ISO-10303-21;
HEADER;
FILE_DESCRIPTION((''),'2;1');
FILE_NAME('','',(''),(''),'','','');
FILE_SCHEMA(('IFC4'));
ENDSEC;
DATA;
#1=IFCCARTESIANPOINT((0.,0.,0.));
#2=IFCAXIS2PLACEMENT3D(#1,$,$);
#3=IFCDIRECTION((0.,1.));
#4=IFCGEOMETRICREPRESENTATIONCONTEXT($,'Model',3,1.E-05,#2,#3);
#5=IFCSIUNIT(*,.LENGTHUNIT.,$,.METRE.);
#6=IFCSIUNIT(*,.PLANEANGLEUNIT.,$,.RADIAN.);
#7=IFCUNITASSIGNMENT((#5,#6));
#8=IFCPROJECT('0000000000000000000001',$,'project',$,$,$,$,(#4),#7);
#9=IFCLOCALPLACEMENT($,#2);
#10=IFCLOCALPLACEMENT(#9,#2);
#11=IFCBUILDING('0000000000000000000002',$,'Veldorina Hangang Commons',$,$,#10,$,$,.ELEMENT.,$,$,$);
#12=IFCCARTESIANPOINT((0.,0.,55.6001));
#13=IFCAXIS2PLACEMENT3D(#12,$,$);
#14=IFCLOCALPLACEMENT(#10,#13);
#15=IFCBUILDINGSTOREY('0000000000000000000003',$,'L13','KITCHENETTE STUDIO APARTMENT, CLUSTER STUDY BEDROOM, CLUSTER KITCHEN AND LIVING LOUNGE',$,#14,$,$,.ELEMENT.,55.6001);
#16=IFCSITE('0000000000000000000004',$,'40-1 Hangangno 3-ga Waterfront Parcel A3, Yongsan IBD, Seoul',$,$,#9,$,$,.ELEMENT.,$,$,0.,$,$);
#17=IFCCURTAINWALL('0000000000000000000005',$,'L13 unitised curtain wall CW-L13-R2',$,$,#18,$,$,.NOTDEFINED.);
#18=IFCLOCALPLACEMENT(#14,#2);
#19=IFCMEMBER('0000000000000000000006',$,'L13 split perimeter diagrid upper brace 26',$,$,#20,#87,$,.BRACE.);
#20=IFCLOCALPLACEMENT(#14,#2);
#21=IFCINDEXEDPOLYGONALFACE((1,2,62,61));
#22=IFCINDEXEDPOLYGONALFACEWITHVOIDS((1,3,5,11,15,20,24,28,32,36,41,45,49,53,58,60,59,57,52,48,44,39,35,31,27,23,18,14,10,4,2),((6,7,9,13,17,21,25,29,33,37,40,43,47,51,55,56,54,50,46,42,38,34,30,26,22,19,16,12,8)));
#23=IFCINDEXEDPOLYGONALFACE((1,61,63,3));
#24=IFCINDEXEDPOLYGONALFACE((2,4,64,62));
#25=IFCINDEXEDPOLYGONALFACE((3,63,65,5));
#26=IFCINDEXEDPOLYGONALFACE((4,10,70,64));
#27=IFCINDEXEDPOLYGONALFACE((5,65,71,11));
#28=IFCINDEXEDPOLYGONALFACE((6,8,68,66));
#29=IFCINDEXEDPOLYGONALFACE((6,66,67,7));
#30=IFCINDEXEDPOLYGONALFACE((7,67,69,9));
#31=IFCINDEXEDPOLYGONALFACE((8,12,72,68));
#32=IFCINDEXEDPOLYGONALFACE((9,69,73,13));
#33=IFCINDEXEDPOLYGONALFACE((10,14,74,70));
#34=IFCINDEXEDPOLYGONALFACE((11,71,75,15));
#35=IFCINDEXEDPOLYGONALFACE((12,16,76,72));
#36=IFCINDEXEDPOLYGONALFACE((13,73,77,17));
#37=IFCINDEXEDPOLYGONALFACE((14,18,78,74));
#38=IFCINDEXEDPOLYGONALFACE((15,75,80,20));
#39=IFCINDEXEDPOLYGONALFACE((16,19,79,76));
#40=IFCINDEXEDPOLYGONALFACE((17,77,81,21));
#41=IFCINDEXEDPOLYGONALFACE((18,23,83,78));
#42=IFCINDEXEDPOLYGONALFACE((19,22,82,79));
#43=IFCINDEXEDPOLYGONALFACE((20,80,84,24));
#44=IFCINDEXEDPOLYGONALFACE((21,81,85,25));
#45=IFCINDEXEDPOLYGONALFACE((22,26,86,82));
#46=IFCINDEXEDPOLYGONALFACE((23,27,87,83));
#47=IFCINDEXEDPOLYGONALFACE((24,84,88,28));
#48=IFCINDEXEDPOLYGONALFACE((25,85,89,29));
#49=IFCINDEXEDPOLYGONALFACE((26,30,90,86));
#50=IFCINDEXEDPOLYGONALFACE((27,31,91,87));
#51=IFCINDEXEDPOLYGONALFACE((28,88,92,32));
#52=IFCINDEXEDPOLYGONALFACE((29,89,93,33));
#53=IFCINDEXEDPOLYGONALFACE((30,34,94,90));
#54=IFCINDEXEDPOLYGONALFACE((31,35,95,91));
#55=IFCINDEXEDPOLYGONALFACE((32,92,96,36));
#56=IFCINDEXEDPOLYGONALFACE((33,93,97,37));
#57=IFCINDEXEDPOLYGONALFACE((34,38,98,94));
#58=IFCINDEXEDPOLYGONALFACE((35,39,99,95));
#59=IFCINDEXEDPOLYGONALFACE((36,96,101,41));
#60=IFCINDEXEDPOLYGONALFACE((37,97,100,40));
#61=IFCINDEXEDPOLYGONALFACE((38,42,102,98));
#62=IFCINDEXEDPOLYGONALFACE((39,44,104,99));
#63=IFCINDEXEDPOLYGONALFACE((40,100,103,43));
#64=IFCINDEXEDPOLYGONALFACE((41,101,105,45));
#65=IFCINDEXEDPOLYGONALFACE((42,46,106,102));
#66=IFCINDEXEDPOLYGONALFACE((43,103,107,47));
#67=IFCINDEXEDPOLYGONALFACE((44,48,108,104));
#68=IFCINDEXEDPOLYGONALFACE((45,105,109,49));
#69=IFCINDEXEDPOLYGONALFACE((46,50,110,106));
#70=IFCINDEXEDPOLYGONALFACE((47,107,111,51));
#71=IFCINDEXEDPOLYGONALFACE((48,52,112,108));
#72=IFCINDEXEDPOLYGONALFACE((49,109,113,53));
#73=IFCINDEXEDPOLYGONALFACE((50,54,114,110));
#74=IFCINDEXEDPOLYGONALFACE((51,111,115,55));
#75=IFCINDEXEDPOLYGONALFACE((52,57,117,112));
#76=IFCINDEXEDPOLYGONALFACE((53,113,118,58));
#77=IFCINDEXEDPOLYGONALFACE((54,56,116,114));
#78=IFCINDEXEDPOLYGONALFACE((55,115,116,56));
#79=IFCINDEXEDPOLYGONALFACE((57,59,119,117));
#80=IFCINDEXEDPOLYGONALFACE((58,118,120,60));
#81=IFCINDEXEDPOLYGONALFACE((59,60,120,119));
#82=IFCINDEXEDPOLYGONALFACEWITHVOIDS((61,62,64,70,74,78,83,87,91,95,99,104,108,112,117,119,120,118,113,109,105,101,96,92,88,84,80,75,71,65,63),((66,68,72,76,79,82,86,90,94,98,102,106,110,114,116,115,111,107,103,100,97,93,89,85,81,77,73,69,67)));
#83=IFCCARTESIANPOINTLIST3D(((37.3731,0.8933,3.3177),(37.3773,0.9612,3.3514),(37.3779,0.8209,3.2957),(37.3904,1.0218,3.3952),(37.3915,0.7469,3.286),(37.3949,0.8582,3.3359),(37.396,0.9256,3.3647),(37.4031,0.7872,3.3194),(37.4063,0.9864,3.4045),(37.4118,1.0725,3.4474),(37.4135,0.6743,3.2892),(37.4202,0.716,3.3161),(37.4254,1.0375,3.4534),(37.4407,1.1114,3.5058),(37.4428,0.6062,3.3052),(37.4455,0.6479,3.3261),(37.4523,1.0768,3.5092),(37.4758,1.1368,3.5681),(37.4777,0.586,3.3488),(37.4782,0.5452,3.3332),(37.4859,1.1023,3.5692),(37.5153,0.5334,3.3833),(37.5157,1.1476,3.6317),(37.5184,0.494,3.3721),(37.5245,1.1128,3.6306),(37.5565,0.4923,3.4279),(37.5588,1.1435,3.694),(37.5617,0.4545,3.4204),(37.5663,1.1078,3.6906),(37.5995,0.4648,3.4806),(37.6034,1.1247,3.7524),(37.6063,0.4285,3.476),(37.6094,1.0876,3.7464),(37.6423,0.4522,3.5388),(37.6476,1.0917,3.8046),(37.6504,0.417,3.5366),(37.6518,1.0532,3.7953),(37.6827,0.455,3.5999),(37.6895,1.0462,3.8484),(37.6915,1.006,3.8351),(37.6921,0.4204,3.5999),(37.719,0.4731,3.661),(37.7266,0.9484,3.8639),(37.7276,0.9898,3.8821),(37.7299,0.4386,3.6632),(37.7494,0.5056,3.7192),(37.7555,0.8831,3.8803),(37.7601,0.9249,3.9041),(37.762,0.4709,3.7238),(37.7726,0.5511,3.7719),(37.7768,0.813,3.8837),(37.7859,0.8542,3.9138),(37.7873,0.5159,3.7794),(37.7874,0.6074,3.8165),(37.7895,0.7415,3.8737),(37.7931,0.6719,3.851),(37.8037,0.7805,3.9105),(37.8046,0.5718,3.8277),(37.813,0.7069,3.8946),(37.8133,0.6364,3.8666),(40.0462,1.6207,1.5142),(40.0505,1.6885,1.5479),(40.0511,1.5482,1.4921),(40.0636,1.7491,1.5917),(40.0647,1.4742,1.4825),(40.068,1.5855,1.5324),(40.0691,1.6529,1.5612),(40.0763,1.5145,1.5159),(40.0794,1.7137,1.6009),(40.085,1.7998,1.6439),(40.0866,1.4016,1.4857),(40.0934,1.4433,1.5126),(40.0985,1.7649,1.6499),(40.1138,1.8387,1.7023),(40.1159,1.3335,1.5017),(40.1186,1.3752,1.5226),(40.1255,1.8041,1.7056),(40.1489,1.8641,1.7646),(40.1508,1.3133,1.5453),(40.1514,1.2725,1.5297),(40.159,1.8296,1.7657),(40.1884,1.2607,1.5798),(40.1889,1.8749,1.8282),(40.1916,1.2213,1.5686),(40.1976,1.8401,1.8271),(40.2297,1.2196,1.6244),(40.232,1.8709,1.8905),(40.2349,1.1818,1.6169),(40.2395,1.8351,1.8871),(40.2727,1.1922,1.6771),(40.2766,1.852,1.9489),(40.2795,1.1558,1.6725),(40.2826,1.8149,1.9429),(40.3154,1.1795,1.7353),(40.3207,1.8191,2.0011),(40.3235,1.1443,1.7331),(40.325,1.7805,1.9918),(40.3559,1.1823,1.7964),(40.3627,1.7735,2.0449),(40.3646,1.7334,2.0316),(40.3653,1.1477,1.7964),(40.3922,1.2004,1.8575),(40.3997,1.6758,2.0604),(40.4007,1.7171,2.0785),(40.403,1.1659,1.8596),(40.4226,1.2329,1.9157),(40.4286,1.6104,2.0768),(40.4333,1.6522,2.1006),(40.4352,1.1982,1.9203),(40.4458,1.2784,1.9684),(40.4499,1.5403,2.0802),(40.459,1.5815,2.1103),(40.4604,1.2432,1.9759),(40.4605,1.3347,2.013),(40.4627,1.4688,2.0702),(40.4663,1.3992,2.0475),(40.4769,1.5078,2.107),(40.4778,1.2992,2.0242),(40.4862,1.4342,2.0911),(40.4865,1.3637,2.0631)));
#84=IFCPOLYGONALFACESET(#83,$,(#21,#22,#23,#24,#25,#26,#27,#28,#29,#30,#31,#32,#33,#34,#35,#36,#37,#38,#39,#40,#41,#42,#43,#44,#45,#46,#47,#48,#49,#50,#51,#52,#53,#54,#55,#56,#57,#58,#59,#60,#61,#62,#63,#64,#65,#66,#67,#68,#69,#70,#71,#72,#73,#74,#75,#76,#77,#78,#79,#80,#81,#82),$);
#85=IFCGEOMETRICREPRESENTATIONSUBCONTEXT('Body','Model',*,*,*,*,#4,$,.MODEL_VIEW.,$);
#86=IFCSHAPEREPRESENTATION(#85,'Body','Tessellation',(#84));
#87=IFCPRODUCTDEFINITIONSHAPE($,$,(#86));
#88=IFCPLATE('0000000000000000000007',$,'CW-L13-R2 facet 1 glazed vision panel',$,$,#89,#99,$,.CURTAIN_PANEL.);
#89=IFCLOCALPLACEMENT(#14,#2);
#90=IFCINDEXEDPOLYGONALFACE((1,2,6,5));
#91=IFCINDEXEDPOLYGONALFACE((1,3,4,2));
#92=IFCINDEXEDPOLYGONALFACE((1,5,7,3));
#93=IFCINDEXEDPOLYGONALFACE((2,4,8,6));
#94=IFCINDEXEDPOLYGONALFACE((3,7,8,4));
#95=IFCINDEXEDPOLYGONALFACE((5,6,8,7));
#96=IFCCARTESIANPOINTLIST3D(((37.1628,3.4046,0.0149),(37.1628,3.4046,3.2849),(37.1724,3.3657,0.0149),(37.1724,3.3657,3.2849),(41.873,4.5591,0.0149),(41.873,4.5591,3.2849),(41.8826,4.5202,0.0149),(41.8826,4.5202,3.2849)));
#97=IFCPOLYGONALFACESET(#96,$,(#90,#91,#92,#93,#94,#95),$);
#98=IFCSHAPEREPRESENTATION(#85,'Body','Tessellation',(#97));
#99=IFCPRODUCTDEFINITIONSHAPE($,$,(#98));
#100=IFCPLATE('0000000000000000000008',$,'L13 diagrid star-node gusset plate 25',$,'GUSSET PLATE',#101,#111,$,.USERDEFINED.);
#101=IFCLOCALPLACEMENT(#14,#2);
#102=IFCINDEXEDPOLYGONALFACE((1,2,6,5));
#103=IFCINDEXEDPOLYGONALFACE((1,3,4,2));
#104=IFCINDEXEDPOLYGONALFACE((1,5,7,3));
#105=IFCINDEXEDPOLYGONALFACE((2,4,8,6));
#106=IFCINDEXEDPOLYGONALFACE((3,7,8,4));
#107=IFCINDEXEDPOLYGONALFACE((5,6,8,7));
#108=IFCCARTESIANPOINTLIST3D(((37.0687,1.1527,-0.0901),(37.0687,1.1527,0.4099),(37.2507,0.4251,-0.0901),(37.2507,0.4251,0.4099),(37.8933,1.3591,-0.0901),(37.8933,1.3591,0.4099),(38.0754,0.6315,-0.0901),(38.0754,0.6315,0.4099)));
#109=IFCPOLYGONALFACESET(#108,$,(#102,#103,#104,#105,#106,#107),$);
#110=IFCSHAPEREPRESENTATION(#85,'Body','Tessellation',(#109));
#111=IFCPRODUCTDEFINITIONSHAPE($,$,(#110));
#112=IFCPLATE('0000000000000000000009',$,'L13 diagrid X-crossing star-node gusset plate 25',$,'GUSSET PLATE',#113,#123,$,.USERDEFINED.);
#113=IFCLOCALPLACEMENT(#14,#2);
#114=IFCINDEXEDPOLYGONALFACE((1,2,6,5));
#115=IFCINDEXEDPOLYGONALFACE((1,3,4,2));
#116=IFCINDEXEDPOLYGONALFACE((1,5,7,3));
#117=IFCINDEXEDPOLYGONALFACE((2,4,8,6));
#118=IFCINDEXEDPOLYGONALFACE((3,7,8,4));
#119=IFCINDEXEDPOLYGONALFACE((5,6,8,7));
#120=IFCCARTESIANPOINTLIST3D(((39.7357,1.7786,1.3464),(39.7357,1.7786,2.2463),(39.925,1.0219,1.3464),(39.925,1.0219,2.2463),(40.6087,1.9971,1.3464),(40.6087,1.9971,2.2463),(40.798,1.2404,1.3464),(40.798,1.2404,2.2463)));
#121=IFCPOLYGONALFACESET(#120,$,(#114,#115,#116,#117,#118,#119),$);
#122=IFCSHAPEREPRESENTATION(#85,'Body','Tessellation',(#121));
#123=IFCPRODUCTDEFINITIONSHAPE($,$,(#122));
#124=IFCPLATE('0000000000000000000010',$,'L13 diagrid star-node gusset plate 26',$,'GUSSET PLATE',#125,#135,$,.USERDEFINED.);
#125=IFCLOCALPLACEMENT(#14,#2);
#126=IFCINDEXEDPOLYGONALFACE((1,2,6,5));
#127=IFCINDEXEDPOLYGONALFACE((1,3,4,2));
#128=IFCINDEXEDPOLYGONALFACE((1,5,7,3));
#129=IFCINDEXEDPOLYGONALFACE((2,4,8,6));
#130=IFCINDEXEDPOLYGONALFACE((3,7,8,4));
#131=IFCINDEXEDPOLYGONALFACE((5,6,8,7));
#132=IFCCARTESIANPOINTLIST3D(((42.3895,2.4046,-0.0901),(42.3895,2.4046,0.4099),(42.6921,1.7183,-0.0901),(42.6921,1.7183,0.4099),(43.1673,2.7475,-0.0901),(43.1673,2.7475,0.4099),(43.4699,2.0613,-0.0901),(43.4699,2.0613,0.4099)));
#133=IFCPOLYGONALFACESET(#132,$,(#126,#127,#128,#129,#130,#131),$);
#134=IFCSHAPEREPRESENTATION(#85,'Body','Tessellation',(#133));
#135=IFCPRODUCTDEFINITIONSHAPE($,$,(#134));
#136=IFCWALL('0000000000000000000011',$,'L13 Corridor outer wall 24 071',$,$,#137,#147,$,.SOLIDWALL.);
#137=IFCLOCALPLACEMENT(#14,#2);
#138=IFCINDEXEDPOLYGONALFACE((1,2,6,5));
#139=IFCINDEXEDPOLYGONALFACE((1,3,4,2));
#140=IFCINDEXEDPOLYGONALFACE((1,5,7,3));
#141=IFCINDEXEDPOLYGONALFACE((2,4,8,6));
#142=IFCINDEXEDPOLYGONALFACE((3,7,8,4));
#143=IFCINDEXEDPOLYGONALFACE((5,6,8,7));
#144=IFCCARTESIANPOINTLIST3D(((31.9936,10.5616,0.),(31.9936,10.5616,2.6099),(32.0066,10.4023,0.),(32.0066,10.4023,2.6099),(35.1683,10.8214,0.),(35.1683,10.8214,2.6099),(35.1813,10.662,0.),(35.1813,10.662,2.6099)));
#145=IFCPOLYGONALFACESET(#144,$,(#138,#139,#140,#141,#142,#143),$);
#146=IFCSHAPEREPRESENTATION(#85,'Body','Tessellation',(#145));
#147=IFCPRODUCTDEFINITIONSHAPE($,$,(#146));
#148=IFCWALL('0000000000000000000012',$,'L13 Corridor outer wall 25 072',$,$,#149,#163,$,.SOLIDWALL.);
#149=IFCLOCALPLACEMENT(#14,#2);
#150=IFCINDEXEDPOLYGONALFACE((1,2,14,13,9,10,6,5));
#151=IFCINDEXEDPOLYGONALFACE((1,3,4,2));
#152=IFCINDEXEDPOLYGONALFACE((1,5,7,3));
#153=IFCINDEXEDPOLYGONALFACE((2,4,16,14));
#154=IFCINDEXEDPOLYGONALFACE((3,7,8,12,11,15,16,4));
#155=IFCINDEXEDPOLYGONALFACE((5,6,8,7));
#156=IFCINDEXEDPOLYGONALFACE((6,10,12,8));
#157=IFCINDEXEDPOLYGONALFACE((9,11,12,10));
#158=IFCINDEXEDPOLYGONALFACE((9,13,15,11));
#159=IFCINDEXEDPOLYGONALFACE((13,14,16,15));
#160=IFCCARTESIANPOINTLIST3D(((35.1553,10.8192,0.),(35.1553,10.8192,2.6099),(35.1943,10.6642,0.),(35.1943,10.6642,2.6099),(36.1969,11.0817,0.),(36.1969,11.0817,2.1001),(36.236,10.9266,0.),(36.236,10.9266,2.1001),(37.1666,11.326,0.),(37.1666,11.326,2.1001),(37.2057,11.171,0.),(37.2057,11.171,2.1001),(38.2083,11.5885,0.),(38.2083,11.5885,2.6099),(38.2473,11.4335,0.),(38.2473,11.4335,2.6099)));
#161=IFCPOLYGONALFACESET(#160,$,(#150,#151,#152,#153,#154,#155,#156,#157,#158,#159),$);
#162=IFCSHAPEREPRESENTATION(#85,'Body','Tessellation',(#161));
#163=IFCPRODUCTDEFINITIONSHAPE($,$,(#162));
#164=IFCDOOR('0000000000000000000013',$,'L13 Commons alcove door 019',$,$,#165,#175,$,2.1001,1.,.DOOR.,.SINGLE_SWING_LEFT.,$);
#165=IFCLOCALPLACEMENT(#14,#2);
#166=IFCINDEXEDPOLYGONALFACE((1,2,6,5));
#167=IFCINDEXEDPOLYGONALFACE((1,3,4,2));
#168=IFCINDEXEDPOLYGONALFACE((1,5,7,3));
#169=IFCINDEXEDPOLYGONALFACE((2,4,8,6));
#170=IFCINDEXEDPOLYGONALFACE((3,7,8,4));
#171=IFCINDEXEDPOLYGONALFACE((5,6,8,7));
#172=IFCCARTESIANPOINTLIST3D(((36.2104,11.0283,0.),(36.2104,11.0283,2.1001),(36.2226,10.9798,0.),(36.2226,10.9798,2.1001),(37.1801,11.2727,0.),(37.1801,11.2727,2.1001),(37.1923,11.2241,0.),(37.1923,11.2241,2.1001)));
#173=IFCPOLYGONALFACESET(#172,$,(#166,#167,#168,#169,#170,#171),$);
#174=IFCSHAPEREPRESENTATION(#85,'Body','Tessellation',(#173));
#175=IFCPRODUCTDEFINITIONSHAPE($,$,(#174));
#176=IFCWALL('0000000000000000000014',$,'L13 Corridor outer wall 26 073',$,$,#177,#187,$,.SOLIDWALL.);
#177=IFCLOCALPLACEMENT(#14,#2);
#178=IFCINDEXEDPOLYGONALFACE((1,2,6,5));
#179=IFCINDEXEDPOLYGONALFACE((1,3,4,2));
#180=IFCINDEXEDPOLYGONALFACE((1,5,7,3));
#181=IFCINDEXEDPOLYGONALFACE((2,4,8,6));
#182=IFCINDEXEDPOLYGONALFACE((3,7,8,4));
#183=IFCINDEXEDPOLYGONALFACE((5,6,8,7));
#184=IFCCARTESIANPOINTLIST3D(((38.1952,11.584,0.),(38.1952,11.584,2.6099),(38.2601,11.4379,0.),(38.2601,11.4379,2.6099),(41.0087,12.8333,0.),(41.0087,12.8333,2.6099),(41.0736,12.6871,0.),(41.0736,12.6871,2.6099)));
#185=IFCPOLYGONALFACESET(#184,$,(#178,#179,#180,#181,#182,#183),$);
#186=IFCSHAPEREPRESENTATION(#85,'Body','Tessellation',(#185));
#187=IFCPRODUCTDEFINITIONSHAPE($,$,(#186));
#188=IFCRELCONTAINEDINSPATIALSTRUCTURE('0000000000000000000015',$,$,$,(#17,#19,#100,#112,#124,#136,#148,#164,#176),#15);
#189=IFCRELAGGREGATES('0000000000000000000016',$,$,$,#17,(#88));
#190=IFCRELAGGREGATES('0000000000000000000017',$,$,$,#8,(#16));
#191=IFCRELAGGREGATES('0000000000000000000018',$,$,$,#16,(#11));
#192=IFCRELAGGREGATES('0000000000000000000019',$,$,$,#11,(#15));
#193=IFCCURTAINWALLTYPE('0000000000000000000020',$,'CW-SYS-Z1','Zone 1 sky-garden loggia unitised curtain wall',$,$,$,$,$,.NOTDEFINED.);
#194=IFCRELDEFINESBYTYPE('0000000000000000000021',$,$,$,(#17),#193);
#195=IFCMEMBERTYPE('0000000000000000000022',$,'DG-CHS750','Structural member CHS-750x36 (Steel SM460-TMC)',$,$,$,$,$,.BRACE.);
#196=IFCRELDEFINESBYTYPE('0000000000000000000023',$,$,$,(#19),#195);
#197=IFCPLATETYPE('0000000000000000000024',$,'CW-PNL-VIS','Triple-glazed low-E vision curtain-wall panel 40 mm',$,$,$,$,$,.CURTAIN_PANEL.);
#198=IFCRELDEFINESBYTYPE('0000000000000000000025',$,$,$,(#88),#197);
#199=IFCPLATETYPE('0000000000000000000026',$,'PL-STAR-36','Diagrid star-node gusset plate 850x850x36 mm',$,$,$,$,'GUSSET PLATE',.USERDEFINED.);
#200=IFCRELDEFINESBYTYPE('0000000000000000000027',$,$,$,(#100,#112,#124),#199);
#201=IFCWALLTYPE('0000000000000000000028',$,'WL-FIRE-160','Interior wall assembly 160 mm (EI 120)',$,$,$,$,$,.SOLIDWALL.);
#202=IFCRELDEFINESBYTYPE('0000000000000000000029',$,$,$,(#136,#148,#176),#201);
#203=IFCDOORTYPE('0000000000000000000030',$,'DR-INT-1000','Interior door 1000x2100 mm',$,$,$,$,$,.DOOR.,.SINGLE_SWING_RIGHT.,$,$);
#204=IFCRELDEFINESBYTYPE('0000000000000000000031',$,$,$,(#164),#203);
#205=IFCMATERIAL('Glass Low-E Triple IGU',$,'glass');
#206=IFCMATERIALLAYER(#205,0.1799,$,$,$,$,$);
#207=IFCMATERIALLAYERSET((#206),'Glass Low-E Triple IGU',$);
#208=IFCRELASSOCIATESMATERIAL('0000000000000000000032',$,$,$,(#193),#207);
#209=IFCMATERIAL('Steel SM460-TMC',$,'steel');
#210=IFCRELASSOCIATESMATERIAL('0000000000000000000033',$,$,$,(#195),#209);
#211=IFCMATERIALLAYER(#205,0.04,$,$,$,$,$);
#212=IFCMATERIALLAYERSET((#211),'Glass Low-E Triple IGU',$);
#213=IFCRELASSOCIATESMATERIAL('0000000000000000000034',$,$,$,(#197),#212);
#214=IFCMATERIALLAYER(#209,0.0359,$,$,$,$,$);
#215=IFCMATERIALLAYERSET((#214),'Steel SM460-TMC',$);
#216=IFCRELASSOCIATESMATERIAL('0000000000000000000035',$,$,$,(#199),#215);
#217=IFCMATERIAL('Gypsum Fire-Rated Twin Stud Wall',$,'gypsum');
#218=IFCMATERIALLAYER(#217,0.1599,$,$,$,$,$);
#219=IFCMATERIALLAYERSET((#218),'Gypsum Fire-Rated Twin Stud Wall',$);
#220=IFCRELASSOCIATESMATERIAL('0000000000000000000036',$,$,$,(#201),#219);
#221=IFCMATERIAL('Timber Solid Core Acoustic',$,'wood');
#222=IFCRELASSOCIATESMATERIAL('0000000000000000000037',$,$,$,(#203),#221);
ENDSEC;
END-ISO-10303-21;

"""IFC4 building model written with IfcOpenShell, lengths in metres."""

from ifc_helpers import new_model, si_unit, direction, frame, frame_2d, origin, origin_2d, place, context, subcontext, project, spatial, rectangle, hollow_circle, extrude, material, layer, layer_set, material_profile, profile_set, type_object, element, fill, aggregate, save


model = new_model("IFC4")

# Units and contexts
model_context = context("Model", 3, precision=1e-05, world=origin(), true_north=direction((0.0, 1.0)))
body_context = subcontext(model_context, "Body", "Model", "MODEL_VIEW")
ifc_project = project(units=[si_unit("LENGTHUNIT", "METRE"), si_unit("PLANEANGLEUNIT", "RADIAN")], contexts=[model_context])

# Site, building, storey
site_placement = place(None, origin())
site = spatial("IfcSite", under=ifc_project, at=site_placement, Name="40-1 Hangangno 3-ga Waterfront Parcel A3, Yongsan IBD, Seoul", CompositionType="ELEMENT", RefElevation=0.0)
building_placement = place(site_placement, origin())
building = spatial("IfcBuilding", under=site, at=building_placement, Name="Veldorina Hangang Commons", CompositionType="ELEMENT")
storey_placement = place(building_placement, frame((0.0, 0.0, 55.6001)))
storey = spatial("IfcBuildingStorey", under=building, at=storey_placement, Name="L13", Description="KITCHENETTE STUDIO APARTMENT, CLUSTER STUDY BEDROOM, CLUSTER KITCHEN AND LIVING LOUNGE", CompositionType="ELEMENT", Elevation=55.6001)

# Shared definitions
ifc_material_1 = material(Name="Steel SM460-TMC", Category="steel")

# Shared definitions
ifc_material_2 = material(Name="Glass Low-E Triple IGU", Category="glass")
ifc_layer_1 = layer(ifc_material_2, 0.1799)
ifc_layer_set_1 = layer_set([ifc_layer_1], Name="Glass Low-E Triple IGU")
curtain_wall_type = type_object("IfcCurtainWallType", Name="CW-SYS-Z1", Description="Zone 1 sky-garden loggia unitised curtain wall", PredefinedType="NOTDEFINED", material=ifc_layer_set_1)

# Curtain wall
curtain_wall_1_placement = place(storey_placement, origin())
curtain_wall_1 = element("IfcCurtainWall", 1, at=curtain_wall_1_placement, inside=storey, type_object=curtain_wall_type, Name="L13 unitised curtain wall CW-L13-R2", PredefinedType="NOTDEFINED")

# Member
ifc_material_profile_1 = material_profile(ifc_material_1, hollow_circle(Radius=0.375, WallThickness=0.0359, at=origin_2d()), Name="CHS-750x36")
ifc_profile_set_1 = profile_set([ifc_material_profile_1], Name="Steel SM460-TMC")
member_type_1 = type_object("IfcMemberType", Name="DG-CHS750", Description="Structural member CHS-750x36 (Steel SM460-TMC)", PredefinedType="BRACE", material=ifc_profile_set_1)
member_1_placement = place(storey_placement, frame((40.2668, 1.5095, 1.7964), z_axis=(-0.80866, -0.22002, 0.545582), x_axis=(0.262536, -0.964922, 0.0)))
element("IfcMember", 2, at=member_1_placement, inside=storey, type_object=member_type_1, Name="L13 split perimeter diagrid upper brace 26", PredefinedType="BRACE", context=body_context, shape_type="SweptSolid", body=[
    extrude(hollow_circle(Radius=0.375, WallThickness=0.0359, at=origin_2d()), origin(), (0.0, 0.0, 1.0), 3.3057),
])

# Plate
ifc_layer_2 = layer(ifc_material_2, 0.04)
ifc_layer_set_2 = layer_set([ifc_layer_2], Name="Glass Low-E Triple IGU")
plate_type_1 = type_object("IfcPlateType", Name="CW-PNL-VIS", Description="Triple-glazed low-E vision curtain-wall panel 40 mm", PredefinedType="CURTAIN_PANEL", material=ifc_layer_set_2)
plate_1_placement = place(storey_placement, frame((39.5227, 3.9624, 0.0149), z_axis=(0.0, 0.0, 1.0), x_axis=(0.971251, 0.238059, 0.0)))
plate_1 = element("IfcPlate", 3, at=plate_1_placement, type_object=plate_type_1, Name="CW-L13-R2 facet 1 glazed vision panel", PredefinedType="CURTAIN_PANEL", context=body_context, shape_type="SweptSolid", body=[
    extrude(rectangle(XDim=4.8496, YDim=0.04, at=origin_2d()), origin(), (0.0, 0.0, 1.0), 3.27),
])
aggregate(curtain_wall_1, [plate_1])

# Plates
ifc_layer_3 = layer(ifc_material_1, 0.0359)
ifc_layer_set_3 = layer_set([ifc_layer_3], Name="Steel SM460-TMC")
plate_type_2 = type_object("IfcPlateType", Name="PL-STAR-36", Description="Diagrid star-node gusset plate 850x850x36 mm", ElementType="GUSSET PLATE", PredefinedType="USERDEFINED", material=ifc_layer_set_3)
plate_2_placement = place(storey_placement, frame((37.572, 0.8921, -0.0901), z_axis=(0.0, 0.0, 1.0), x_axis=(0.970084, 0.242769, 0.0)))
element("IfcPlate", 4, at=plate_2_placement, inside=storey, type_object=plate_type_2, Name="L13 diagrid star-node gusset plate 25", ObjectType="GUSSET PLATE", PredefinedType="USERDEFINED", context=body_context, shape_type="SweptSolid", body=[
    extrude(rectangle(XDim=0.8501, YDim=0.75, at=origin_2d()), origin(), (0.0, 0.0, 1.0), 0.5),
])
plate_3_placement = place(storey_placement, frame((40.2668, 1.5095, 1.3464), z_axis=(0.0, 0.0, 1.0), x_axis=(0.970084, 0.242769, 0.0)))
element("IfcPlate", 5, at=plate_3_placement, inside=storey, type_object=plate_type_2, Name="L13 diagrid X-crossing star-node gusset plate 25", ObjectType="GUSSET PLATE", PredefinedType="USERDEFINED", context=body_context, shape_type="SweptSolid", body=[
    extrude(rectangle(XDim=0.8999, YDim=0.78, at=origin_2d()), origin(), (0.0, 0.0, 1.0), 0.8999),
])
plate_4_placement = place(storey_placement, frame((42.9297, 2.2329, -0.0901), z_axis=(0.0, 0.0, 1.0), x_axis=(0.915002, 0.403449, 0.0)))
element("IfcPlate", 6, at=plate_4_placement, inside=storey, type_object=plate_type_2, Name="L13 diagrid star-node gusset plate 26", ObjectType="GUSSET PLATE", PredefinedType="USERDEFINED", context=body_context, shape_type="SweptSolid", body=[
    extrude(rectangle(XDim=0.8501, YDim=0.75, at=origin_2d()), origin(), (0.0, 0.0, 1.0), 0.5),
])

# Wall
ifc_material_3 = material(Name="Gypsum Fire-Rated Twin Stud Wall", Category="gypsum")
ifc_layer_4 = layer(ifc_material_3, 0.1599)
ifc_layer_set_4 = layer_set([ifc_layer_4], Name="Gypsum Fire-Rated Twin Stud Wall")
wall_type_1 = type_object("IfcWallType", Name="WL-FIRE-160", Description="Interior wall assembly 160 mm (EI 120)", PredefinedType="SOLIDWALL", material=ifc_layer_set_4)
wall_1_placement = place(storey_placement, frame((32.0, 10.4819, 0.0), z_axis=(0.0, 0.0, 1.0), x_axis=(0.996669, 0.081548, 0.0)))
element("IfcWall", 7, at=wall_1_placement, inside=storey, type_object=wall_type_1, Name="L13 Corridor outer wall 24 071", PredefinedType="SOLIDWALL", context=body_context, shape_type="SweptSolid", body=[
    extrude(rectangle(XDim=3.1853, YDim=0.1599, at=frame_2d((1.5928, 0.0))), origin(), (0.0, 0.0, 1.0), 2.6099),
])

# Wall, opening, door
wall_2_placement = place(storey_placement, frame((35.1748, 10.7417, 0.0), z_axis=(0.0, 0.0, 1.0), x_axis=(0.969689, 0.244342, 0.0)))
wall_2 = element("IfcWall", 8, at=wall_2_placement, inside=storey, type_object=wall_type_1, Name="L13 Corridor outer wall 25 072", PredefinedType="SOLIDWALL", context=body_context, shape_type="SweptSolid", body=[
    extrude(rectangle(XDim=3.1484, YDim=0.1599, at=frame_2d((1.5742, 0.0))), origin(), (0.0, 0.0, 1.0), 2.6099),
])
opening_1_placement = place(wall_2_placement, frame((1.0742, 0.0, 0.0)))
opening_1 = element("IfcOpeningElement", 9, at=opening_1_placement, cuts=wall_2, PredefinedType="OPENING", context=body_context, shape_type="SweptSolid", body=[
    extrude(rectangle(XDim=1.0, YDim=2.1001, at=frame_2d((0.5, 1.05))), frame((0.0, 0.0898, 0.0), z_axis=(0.0, -1.0, 0.0), x_axis=(1.0, 0.0, 0.0)), (0.0, 0.0, 1.0), 0.1799),
])
ifc_material_4 = material(Name="Timber Solid Core Acoustic", Category="wood")
door_type_1 = type_object("IfcDoorType", Name="DR-INT-1000", Description="Interior door 1000x2100 mm", OperationType="SINGLE_SWING_RIGHT", PredefinedType="DOOR", material=ifc_material_4)
door_1_placement = place(opening_1_placement, origin())
door_1 = element("IfcDoor", 10, at=door_1_placement, inside=storey, type_object=door_type_1, Name="L13 Commons alcove door 019", OperationType="SINGLE_SWING_LEFT", OverallHeight=2.1001, OverallWidth=1.0, PredefinedType="DOOR", context=body_context, shape_type="SweptSolid", body=[
    extrude(rectangle(XDim=1.0, YDim=2.1001, at=frame_2d((0.5, 1.05))), frame((0.0, 0.0249, 0.0), z_axis=(0.0, -1.0, 0.0), x_axis=(1.0, 0.0, 0.0)), (0.0, 0.0, 1.0), 0.05),
])
fill(opening_1, door_1)

# Wall
wall_3_placement = place(storey_placement, frame((38.2278, 11.511, 0.0), z_axis=(0.0, 0.0, 1.0), x_axis=(0.913952, 0.405822, 0.0)))
element("IfcWall", 11, at=wall_3_placement, inside=storey, type_object=wall_type_1, Name="L13 Corridor outer wall 26 073", PredefinedType="SOLIDWALL", context=body_context, shape_type="SweptSolid", body=[
    extrude(rectangle(XDim=3.0784, YDim=0.1599, at=frame_2d((1.5391, 0.0))), origin(), (0.0, 0.0, 1.0), 2.6099),
])

save(model, "model.ifc")
